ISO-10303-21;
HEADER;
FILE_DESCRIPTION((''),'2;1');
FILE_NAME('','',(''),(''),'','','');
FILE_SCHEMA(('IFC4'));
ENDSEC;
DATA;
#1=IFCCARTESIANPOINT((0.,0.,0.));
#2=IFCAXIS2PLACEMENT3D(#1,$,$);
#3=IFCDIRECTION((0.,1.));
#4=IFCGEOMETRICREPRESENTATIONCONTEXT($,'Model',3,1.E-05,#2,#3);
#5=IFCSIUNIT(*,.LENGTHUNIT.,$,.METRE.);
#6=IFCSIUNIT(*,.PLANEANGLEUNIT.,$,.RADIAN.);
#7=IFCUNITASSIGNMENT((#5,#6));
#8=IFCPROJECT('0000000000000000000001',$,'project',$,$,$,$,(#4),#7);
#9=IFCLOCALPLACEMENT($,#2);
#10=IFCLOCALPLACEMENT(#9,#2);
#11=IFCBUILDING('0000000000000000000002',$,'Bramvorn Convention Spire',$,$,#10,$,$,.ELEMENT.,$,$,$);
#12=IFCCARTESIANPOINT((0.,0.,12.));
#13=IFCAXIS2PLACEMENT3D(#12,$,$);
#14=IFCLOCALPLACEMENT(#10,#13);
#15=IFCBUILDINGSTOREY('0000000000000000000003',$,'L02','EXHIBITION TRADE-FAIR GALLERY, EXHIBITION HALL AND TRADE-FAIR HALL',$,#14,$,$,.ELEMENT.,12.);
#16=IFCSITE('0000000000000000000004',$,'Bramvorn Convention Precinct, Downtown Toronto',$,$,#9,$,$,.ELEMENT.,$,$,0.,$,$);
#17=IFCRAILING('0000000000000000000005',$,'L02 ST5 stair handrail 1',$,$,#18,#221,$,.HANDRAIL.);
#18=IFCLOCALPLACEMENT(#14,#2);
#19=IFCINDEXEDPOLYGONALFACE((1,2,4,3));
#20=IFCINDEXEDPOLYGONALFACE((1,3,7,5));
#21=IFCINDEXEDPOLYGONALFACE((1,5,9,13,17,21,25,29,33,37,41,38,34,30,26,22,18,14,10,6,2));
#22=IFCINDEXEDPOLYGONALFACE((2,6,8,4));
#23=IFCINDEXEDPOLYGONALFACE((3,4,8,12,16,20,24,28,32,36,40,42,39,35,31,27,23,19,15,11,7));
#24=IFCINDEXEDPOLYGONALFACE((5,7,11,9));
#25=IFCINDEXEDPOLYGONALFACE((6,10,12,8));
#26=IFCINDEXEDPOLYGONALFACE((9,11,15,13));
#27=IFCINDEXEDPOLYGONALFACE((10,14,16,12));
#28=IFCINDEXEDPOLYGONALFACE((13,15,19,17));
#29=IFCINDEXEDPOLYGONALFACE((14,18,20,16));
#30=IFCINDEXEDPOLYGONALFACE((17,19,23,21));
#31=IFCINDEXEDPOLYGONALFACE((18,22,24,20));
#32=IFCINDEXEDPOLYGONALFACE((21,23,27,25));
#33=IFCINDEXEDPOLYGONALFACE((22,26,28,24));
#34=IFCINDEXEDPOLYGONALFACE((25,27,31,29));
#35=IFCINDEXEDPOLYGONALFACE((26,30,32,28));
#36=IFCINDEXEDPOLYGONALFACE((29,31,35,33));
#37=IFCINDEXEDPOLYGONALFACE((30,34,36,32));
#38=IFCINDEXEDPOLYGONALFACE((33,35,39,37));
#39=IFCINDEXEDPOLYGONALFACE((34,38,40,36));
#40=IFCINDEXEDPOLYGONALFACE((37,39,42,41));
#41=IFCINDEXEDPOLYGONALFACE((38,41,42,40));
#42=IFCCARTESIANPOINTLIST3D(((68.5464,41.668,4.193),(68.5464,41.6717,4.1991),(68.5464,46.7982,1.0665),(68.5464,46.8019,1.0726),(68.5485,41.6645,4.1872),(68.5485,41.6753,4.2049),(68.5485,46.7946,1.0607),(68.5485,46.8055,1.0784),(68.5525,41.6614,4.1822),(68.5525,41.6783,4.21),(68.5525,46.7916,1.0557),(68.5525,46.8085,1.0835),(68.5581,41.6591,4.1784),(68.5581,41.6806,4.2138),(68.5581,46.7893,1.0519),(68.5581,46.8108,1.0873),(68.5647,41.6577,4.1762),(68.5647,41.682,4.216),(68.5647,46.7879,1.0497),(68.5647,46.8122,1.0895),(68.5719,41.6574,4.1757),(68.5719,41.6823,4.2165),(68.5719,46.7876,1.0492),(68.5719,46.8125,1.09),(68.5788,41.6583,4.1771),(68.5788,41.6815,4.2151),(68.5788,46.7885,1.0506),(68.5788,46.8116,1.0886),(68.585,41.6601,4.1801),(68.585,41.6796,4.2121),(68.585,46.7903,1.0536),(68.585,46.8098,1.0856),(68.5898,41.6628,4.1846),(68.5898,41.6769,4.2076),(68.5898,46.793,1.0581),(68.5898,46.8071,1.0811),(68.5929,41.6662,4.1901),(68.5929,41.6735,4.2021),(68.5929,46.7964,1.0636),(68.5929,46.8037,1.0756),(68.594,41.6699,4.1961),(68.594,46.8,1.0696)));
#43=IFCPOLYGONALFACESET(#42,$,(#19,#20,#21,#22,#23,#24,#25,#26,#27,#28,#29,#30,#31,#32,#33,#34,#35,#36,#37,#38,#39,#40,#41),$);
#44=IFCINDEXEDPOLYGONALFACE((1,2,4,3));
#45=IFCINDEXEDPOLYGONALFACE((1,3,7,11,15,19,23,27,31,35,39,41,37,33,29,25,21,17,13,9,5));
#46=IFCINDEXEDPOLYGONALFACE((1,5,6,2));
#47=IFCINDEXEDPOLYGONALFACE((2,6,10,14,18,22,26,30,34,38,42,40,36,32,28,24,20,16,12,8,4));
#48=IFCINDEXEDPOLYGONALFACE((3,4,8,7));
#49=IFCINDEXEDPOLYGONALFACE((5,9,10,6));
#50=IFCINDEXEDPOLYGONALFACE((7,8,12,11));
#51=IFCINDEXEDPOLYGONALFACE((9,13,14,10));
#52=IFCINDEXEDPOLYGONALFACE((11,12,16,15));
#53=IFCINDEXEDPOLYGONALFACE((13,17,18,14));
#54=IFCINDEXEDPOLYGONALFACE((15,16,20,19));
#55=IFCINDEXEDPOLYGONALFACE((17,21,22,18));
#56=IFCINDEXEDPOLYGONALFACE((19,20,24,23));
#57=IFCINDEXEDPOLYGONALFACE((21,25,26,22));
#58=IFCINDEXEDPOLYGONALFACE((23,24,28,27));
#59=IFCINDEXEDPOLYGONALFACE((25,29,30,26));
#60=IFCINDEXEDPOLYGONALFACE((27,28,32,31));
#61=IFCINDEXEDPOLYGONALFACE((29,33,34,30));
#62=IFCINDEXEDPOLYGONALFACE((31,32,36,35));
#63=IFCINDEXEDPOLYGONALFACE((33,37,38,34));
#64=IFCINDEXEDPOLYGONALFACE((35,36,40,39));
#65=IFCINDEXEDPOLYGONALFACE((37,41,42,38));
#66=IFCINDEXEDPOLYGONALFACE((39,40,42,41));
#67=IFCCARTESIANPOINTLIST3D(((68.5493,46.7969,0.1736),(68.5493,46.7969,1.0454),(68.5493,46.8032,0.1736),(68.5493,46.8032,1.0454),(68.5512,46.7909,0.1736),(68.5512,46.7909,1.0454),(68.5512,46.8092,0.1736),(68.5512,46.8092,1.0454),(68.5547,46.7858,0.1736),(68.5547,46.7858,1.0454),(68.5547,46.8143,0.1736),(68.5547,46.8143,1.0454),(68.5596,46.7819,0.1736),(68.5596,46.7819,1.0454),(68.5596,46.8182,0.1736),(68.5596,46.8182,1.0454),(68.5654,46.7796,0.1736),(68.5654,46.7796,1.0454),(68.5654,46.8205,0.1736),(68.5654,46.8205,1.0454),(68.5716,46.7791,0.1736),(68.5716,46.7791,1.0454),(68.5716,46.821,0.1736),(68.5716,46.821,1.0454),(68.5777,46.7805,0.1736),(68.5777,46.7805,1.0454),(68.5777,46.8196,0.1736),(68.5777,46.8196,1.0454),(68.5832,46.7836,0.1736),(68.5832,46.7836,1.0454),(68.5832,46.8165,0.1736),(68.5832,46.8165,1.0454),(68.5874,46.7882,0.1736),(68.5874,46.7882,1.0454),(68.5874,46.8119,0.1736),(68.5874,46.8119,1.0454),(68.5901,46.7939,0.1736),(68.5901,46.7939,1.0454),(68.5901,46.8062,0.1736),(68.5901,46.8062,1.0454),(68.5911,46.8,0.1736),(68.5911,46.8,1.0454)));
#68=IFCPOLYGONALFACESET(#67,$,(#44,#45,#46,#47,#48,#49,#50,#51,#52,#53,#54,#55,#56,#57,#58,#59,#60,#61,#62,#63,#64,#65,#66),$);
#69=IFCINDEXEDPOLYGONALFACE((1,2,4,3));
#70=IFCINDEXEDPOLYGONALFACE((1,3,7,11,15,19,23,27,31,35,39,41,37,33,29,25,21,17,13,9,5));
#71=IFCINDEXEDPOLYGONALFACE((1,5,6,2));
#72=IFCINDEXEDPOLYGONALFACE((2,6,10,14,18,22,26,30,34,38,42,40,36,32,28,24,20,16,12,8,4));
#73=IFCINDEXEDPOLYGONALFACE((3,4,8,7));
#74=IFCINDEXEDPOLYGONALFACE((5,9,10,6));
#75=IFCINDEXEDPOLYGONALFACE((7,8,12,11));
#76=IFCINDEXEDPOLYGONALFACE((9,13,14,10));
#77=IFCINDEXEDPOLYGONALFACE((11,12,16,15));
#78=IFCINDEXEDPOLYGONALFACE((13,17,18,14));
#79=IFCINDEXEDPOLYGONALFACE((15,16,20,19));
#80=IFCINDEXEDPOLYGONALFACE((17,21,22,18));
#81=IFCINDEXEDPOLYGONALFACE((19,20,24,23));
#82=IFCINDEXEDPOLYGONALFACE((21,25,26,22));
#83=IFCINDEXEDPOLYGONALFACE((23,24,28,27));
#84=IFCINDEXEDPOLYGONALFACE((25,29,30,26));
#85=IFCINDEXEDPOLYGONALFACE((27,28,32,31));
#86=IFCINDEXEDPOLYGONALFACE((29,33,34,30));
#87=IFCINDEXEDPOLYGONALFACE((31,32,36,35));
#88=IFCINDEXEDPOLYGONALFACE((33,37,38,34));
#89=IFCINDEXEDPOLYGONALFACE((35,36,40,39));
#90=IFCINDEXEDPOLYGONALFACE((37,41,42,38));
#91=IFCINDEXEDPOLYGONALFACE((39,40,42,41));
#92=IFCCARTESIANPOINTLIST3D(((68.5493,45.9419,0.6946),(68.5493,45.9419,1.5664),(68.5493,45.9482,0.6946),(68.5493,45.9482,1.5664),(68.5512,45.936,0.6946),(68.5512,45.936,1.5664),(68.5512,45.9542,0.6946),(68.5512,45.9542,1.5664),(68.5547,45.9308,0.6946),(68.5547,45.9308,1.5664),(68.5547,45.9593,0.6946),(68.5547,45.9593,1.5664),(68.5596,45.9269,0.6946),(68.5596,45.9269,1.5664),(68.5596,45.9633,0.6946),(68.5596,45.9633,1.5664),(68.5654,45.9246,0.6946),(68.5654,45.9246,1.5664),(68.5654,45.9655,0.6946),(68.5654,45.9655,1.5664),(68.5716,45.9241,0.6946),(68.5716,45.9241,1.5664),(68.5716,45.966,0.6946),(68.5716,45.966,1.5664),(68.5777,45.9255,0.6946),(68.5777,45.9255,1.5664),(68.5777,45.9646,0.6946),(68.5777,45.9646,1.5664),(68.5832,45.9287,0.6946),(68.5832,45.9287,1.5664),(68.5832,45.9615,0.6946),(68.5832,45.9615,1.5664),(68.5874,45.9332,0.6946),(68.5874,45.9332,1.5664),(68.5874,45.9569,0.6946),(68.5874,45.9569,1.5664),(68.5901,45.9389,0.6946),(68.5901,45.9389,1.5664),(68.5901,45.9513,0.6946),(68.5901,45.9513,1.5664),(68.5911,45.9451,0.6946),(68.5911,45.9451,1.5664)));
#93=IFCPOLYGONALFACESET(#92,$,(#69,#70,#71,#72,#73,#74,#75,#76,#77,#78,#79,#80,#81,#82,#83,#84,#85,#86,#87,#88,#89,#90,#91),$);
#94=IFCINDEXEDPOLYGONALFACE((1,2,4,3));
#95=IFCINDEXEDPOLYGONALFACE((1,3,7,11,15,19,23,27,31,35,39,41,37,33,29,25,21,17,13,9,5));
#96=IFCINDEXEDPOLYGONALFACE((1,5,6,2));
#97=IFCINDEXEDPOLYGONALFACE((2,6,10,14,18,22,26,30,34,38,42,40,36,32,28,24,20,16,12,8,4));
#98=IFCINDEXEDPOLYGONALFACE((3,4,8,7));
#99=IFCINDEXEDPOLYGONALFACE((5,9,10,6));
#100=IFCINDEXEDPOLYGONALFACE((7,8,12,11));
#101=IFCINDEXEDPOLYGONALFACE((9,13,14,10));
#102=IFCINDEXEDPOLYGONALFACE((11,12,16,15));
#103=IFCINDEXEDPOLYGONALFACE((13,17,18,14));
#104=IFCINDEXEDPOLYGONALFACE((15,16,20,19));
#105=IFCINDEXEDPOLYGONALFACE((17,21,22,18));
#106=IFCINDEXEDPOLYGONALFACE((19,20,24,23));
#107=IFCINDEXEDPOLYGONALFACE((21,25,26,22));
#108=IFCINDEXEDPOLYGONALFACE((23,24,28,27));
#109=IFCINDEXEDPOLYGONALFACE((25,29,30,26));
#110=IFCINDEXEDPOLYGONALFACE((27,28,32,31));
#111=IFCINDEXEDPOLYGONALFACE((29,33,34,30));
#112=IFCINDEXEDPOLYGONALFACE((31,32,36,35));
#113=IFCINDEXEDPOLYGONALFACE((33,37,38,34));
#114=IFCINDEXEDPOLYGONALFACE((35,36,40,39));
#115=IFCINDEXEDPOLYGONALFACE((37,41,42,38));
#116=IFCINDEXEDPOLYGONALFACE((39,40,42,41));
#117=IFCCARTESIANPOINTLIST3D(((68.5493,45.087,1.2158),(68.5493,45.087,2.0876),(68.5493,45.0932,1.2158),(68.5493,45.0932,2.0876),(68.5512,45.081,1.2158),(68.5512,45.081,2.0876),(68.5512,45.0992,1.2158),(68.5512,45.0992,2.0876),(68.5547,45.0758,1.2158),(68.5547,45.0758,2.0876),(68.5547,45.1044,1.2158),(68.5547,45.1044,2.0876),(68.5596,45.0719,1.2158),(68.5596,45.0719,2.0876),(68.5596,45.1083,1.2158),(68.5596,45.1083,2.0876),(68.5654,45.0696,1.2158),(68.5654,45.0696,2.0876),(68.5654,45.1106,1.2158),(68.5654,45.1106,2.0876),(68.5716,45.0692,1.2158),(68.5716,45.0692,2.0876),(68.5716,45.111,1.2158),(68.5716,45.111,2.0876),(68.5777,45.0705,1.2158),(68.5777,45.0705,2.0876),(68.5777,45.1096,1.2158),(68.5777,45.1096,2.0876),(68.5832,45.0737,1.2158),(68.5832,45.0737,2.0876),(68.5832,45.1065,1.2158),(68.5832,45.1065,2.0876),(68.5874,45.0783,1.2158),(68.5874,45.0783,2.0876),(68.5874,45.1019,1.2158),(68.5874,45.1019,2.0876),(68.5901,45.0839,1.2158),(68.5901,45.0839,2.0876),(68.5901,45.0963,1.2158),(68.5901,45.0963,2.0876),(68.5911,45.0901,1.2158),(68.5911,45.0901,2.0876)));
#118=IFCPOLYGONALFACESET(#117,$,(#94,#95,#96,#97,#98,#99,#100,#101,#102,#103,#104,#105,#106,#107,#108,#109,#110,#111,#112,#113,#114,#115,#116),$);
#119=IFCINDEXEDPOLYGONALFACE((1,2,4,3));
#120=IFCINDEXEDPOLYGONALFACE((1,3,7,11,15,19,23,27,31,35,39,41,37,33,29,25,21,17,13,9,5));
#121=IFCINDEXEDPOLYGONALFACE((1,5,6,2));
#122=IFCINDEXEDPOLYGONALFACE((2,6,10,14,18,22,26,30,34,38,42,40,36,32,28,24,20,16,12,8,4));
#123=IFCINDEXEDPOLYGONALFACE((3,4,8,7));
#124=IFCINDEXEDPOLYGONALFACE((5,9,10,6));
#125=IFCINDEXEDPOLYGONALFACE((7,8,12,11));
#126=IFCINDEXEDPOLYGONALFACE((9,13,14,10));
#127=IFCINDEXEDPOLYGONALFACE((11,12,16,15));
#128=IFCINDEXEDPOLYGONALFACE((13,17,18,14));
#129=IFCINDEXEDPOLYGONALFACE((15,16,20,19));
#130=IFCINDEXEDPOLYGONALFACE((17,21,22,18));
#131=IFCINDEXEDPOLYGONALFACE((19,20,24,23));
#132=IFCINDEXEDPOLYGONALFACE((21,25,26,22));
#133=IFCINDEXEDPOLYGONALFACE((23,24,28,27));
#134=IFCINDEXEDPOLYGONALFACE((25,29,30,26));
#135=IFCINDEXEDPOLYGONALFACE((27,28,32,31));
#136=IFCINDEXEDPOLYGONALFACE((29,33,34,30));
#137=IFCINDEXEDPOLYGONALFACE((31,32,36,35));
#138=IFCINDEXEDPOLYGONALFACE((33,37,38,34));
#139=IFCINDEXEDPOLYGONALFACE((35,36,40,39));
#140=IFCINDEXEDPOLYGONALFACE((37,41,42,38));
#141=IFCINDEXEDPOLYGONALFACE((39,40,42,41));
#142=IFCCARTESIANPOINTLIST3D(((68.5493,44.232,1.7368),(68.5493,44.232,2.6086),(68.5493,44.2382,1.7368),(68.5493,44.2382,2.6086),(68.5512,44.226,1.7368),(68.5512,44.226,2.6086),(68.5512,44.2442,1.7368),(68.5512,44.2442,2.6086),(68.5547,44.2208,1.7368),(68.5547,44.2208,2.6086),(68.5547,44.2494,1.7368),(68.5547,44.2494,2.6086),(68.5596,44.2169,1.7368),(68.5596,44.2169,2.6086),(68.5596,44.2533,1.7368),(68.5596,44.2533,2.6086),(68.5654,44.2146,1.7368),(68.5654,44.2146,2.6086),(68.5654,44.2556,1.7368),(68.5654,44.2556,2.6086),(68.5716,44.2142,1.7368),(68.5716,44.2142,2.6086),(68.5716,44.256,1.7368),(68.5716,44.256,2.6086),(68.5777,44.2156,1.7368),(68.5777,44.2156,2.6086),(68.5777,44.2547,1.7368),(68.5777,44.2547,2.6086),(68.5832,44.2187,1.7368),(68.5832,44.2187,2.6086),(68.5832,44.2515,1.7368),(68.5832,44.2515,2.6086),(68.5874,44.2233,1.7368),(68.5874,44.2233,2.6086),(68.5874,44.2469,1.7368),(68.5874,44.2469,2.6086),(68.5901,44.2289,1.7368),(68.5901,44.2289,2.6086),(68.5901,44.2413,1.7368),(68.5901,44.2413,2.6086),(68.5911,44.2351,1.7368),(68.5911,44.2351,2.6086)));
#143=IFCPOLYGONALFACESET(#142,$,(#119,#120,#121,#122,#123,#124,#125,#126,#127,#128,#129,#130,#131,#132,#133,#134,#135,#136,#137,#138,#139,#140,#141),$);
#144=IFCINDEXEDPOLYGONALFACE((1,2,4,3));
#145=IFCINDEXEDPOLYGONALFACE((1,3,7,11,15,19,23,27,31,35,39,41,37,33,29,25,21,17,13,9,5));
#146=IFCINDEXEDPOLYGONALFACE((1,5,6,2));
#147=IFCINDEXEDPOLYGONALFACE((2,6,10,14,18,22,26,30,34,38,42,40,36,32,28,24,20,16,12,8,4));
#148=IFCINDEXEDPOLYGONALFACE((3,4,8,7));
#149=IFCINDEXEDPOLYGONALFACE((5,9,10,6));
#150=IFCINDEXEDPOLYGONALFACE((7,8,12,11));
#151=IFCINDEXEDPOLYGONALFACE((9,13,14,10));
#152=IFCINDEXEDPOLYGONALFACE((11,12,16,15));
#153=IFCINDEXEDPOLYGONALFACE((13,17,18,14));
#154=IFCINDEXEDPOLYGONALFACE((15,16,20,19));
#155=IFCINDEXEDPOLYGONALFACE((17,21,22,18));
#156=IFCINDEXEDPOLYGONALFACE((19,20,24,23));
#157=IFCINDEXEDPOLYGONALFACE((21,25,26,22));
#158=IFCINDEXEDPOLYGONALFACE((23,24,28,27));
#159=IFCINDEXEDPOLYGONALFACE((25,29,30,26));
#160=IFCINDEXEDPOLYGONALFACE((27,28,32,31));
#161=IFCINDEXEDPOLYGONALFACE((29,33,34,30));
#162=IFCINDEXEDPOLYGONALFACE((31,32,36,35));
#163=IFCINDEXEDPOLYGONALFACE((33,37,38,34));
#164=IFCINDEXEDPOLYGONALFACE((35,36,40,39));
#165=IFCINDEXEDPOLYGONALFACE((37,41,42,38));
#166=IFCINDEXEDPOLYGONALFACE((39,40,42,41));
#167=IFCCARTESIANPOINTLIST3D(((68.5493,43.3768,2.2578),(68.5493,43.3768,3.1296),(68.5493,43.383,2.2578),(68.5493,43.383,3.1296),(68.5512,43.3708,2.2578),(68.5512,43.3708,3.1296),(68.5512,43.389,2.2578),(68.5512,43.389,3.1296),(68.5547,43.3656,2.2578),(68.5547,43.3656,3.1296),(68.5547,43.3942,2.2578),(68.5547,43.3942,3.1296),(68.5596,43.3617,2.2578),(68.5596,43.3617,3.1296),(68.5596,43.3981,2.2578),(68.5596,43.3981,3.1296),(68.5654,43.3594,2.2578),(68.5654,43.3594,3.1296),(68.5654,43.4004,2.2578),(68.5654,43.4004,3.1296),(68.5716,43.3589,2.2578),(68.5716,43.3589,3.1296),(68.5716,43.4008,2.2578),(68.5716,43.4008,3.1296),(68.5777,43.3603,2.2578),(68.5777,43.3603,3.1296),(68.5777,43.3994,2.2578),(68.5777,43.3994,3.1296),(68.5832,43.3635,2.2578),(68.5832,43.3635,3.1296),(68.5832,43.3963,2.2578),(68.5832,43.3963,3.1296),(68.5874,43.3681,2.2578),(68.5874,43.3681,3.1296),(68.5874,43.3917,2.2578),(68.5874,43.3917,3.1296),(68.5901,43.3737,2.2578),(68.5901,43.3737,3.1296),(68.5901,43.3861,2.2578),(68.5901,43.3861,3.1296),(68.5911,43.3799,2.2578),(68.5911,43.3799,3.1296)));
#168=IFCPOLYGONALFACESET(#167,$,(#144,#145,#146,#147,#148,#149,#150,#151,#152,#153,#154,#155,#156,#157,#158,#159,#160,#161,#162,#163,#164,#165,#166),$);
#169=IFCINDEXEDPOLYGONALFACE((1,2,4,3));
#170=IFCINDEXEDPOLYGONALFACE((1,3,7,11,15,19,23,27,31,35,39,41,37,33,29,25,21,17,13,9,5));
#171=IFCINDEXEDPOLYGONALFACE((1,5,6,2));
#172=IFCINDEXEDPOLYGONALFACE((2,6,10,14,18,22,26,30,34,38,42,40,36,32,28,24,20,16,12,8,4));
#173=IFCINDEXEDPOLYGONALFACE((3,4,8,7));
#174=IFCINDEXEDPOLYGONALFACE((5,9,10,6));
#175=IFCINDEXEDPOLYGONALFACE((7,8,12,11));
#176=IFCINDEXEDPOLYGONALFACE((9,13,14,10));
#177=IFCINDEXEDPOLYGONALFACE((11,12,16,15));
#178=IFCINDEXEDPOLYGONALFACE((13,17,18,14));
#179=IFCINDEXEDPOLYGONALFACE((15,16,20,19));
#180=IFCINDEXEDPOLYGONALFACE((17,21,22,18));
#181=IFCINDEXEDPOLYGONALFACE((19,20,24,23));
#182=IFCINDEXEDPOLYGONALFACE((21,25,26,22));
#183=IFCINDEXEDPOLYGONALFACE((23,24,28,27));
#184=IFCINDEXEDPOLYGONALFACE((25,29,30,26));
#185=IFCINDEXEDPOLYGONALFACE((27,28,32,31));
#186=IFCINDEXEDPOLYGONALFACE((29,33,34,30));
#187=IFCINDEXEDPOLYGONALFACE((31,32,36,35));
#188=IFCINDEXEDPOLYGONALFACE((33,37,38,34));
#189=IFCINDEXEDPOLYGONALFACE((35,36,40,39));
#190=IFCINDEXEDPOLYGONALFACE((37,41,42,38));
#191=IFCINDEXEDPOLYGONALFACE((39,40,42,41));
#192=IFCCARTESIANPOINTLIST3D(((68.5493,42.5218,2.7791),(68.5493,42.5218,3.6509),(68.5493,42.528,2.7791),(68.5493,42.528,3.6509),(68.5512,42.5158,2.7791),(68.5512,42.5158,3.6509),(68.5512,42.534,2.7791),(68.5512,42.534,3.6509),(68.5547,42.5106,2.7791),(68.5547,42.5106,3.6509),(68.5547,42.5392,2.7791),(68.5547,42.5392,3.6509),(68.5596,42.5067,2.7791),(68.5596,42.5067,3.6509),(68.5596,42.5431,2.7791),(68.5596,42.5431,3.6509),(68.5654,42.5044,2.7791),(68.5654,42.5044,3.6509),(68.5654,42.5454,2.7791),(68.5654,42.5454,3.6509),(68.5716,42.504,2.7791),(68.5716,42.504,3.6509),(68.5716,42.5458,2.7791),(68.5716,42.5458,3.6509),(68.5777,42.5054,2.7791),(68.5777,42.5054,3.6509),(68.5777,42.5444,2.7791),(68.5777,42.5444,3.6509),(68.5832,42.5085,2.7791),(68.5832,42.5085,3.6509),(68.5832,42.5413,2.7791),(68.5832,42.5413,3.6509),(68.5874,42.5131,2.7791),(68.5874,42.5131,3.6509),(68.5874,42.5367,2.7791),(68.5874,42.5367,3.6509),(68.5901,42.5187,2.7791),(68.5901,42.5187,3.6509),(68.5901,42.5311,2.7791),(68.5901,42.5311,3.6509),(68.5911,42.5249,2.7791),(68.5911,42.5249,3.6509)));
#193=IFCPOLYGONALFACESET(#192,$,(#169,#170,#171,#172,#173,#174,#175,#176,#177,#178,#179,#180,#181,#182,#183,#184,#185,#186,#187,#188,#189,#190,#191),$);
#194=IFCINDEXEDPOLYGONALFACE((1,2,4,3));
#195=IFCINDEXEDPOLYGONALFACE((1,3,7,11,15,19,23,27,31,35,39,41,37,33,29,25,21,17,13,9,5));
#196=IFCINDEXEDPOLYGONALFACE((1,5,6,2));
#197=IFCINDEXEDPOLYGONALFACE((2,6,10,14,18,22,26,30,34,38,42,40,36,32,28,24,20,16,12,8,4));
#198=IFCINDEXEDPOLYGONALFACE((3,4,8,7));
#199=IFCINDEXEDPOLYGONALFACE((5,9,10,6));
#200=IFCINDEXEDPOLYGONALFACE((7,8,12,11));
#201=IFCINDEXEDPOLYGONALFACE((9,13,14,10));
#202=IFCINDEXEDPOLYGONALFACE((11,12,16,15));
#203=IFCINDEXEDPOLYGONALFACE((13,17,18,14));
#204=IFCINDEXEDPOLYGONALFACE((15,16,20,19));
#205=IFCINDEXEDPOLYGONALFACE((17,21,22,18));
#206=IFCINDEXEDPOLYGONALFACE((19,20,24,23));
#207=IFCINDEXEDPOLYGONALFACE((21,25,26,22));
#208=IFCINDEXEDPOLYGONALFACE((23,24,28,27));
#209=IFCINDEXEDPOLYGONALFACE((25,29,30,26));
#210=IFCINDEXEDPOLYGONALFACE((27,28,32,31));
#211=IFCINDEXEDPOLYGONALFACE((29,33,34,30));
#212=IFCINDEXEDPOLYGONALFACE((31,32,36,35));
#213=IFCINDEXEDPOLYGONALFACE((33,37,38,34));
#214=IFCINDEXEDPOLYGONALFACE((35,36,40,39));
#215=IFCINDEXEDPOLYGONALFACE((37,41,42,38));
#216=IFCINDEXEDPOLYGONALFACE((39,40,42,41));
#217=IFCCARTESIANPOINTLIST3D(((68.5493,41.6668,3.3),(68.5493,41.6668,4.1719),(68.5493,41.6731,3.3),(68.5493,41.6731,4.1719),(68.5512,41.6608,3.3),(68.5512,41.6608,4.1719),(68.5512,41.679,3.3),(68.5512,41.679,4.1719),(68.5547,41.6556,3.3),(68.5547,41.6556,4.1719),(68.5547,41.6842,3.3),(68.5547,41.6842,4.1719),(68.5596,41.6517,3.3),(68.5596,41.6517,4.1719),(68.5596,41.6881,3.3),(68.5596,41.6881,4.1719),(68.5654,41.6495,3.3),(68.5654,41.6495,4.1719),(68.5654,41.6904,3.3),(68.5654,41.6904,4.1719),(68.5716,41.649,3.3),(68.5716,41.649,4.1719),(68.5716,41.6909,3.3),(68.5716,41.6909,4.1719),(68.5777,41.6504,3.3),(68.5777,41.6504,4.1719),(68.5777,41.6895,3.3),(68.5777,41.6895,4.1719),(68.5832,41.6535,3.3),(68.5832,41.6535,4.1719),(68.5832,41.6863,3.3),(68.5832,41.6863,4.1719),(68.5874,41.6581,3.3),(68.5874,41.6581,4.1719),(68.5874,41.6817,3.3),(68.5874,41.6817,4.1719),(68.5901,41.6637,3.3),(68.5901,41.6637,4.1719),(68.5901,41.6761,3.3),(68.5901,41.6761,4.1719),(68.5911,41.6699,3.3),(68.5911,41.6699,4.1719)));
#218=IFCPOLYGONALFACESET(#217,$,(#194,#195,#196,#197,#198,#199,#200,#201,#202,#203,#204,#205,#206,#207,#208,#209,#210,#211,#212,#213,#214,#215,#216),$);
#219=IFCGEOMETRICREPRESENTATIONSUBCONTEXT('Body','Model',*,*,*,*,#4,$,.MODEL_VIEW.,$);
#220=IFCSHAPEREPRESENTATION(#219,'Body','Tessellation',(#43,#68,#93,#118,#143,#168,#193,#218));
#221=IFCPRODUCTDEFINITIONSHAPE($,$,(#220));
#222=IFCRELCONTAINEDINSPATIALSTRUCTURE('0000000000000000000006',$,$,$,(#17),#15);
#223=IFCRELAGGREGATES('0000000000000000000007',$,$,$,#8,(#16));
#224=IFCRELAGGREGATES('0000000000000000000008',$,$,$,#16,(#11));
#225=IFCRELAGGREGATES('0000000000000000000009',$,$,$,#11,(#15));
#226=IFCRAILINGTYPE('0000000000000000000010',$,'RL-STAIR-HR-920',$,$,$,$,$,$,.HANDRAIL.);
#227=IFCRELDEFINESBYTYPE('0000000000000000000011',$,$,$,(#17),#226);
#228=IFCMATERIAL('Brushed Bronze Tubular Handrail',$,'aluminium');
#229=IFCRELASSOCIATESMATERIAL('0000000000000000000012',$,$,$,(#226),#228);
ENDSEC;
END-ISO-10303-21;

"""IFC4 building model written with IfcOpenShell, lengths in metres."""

from ifc_helpers import new_model, si_unit, direction, frame, origin, origin_2d, place, context, subcontext, project, spatial, circle, extrude, material, type_object, element, save


model = new_model("IFC4")

# Units and contexts
model_context = context("Model", 3, precision=1e-05, world=origin(), true_north=direction((0.0, 1.0)))
body_context = subcontext(model_context, "Body", "Model", "MODEL_VIEW")
ifc_project = project(units=[si_unit("LENGTHUNIT", "METRE"), si_unit("PLANEANGLEUNIT", "RADIAN")], contexts=[model_context])

# Site, building, storey
site_placement = place(None, origin())
site = spatial("IfcSite", under=ifc_project, at=site_placement, Name="Bramvorn Convention Precinct, Downtown Toronto", CompositionType="ELEMENT", RefElevation=0.0)
building_placement = place(site_placement, origin())
building = spatial("IfcBuilding", under=site, at=building_placement, Name="Bramvorn Convention Spire", CompositionType="ELEMENT")
storey_placement = place(building_placement, frame((0.0, 0.0, 12.0)))
storey = spatial("IfcBuildingStorey", under=building, at=storey_placement, Name="L02", Description="EXHIBITION TRADE-FAIR GALLERY, EXHIBITION HALL AND TRADE-FAIR HALL", CompositionType="ELEMENT", Elevation=12.0)

# Railing
ifc_material_1 = material(Name="Brushed Bronze Tubular Handrail", Category="aluminium")
railing_type_1 = type_object("IfcRailingType", Name="RL-STAIR-HR-920", PredefinedType="HANDRAIL", material=ifc_material_1)
railing_1_placement = place(storey_placement, frame((68.5701, 46.8, 0.1736)))
element("IfcRailing", 1, at=railing_1_placement, inside=storey, type_object=railing_type_1, Name="L02 ST5 stair handrail 1", PredefinedType="HANDRAIL", context=body_context, shape_type="SweptSolid", body=[
    extrude(circle(Radius=0.0239, at=origin_2d()), frame((0.0, 0.0, 0.896), z_axis=(0.0, -0.853919, 0.520406), x_axis=(1.0, 0.0, 0.0)), (0.0, 0.0, 1.0), 6.0078),
    extrude(circle(Radius=0.021, at=origin_2d()), origin(), (0.0, 0.0, 1.0), 0.8718),
    extrude(circle(Radius=0.021, at=origin_2d()), frame((0.0, -0.855, 0.521)), (0.0, 0.0, 1.0), 0.8718),
    extrude(circle(Radius=0.021, at=origin_2d()), frame((0.0, -1.71, 1.0422)), (0.0, 0.0, 1.0), 0.8718),
    extrude(circle(Radius=0.021, at=origin_2d()), frame((0.0, -2.5649, 1.5632)), (0.0, 0.0, 1.0), 0.8718),
    extrude(circle(Radius=0.021, at=origin_2d()), frame((0.0, -3.4202, 2.0842)), (0.0, 0.0, 1.0), 0.8718),
    extrude(circle(Radius=0.021, at=origin_2d()), frame((0.0, -4.2751, 2.6055)), (0.0, 0.0, 1.0), 0.8718),
    extrude(circle(Radius=0.021, at=origin_2d()), frame((0.0, -5.1301, 3.1265)), (0.0, 0.0, 1.0), 0.8718),
])

save(model, "model.ifc")
